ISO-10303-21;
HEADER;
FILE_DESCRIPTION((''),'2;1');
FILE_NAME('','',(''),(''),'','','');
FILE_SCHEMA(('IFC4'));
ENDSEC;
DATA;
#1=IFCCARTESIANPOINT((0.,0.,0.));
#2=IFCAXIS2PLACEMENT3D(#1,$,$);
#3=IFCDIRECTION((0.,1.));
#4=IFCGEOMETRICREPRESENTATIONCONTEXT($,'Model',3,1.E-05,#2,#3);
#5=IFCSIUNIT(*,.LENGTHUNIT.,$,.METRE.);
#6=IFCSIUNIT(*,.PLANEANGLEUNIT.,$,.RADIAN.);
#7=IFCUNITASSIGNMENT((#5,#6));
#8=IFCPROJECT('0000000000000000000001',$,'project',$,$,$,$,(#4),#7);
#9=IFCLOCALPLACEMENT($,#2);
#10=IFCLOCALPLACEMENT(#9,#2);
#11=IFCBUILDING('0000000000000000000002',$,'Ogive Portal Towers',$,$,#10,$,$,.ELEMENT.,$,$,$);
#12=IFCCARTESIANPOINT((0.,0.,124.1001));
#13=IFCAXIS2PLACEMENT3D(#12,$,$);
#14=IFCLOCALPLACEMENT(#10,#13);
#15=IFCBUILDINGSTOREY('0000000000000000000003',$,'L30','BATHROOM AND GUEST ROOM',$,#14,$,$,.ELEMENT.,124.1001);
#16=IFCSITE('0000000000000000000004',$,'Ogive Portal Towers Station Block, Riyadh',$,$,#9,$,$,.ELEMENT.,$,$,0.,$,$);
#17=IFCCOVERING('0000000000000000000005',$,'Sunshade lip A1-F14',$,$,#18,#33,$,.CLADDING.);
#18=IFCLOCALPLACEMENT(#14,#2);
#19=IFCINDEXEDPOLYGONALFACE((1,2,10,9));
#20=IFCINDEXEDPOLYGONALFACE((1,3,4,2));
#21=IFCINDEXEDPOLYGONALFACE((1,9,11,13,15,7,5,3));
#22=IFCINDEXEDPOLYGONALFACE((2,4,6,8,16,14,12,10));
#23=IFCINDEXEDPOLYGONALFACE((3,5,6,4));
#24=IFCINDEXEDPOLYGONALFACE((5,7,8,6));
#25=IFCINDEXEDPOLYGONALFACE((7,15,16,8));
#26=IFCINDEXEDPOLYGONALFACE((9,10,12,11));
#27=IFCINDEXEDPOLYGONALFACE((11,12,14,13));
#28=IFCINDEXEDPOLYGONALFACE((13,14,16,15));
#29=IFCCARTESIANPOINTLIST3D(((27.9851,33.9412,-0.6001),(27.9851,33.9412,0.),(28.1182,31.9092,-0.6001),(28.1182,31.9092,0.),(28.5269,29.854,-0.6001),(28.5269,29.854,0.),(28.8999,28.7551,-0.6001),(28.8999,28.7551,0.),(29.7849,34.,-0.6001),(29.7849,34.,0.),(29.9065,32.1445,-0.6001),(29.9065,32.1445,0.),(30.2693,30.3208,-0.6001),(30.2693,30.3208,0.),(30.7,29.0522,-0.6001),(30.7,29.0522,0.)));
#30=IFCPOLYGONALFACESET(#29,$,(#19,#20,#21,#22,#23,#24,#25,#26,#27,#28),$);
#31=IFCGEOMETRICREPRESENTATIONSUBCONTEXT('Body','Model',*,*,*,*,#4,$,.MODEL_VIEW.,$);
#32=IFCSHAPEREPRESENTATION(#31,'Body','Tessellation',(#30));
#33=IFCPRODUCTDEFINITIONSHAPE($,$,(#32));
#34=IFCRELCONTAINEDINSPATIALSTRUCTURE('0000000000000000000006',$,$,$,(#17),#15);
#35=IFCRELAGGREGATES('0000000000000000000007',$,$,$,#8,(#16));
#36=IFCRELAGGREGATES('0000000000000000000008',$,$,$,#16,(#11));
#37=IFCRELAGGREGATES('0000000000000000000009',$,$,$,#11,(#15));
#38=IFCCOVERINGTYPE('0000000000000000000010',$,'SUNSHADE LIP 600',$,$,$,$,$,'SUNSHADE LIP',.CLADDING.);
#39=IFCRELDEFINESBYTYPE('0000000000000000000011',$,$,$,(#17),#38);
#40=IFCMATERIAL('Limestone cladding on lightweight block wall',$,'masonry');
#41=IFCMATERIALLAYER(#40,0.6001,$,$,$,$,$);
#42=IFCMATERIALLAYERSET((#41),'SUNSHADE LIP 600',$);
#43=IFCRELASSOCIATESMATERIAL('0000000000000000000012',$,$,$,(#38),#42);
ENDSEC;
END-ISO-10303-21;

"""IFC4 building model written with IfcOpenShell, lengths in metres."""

from ifc_helpers import new_model, si_unit, direction, frame, origin, place, context, subcontext, project, spatial, polyline, outline, extrude, material, layer, layer_set, type_object, element, save


model = new_model("IFC4")

# Units and contexts
model_context = context("Model", 3, precision=1e-05, world=origin(), true_north=direction((0.0, 1.0)))
body_context = subcontext(model_context, "Body", "Model", "MODEL_VIEW")
ifc_project = project(units=[si_unit("LENGTHUNIT", "METRE"), si_unit("PLANEANGLEUNIT", "RADIAN")], contexts=[model_context])

# Site, building, storey
site_placement = place(None, origin())
site = spatial("IfcSite", under=ifc_project, at=site_placement, Name="Ogive Portal Towers Station Block, Riyadh", CompositionType="ELEMENT", RefElevation=0.0)
building_placement = place(site_placement, origin())
building = spatial("IfcBuilding", under=site, at=building_placement, Name="Ogive Portal Towers", CompositionType="ELEMENT")
storey_placement = place(building_placement, frame((0.0, 0.0, 124.1001)))
storey = spatial("IfcBuildingStorey", under=building, at=storey_placement, Name="L30", Description="BATHROOM AND GUEST ROOM", CompositionType="ELEMENT", Elevation=124.1001)

# Shared definitions
ifc_material_1 = material(Name="Limestone cladding on lightweight block wall", Category="masonry")

# Covering
ifc_layer_1 = layer(ifc_material_1, 0.6001)
ifc_layer_set_1 = layer_set([ifc_layer_1], Name="SUNSHADE LIP 600")
covering_type_1 = type_object("IfcCoveringType", Name="SUNSHADE LIP 600", ElementType="SUNSHADE LIP", PredefinedType="CLADDING", material=ifc_layer_set_1)
covering_1_placement = place(storey_placement, frame((0.0, 0.0, -0.6001)))
element("IfcCovering", 1, at=covering_1_placement, inside=storey, type_object=covering_type_1, Name="Sunshade lip A1-F14", PredefinedType="CLADDING", context=body_context, shape_type="SweptSolid", body=[
    extrude(outline(polyline([(29.7849, 34.0), (29.9065, 32.1445), (30.2693, 30.3208), (30.7, 29.0522), (28.8999, 28.7551), (28.5269, 29.854), (28.1182, 31.9092), (27.9851, 33.9412), (29.7849, 34.0)])), origin(), (0.0, 0.0, 1.0), 0.6001),
])

save(model, "model.ifc")
